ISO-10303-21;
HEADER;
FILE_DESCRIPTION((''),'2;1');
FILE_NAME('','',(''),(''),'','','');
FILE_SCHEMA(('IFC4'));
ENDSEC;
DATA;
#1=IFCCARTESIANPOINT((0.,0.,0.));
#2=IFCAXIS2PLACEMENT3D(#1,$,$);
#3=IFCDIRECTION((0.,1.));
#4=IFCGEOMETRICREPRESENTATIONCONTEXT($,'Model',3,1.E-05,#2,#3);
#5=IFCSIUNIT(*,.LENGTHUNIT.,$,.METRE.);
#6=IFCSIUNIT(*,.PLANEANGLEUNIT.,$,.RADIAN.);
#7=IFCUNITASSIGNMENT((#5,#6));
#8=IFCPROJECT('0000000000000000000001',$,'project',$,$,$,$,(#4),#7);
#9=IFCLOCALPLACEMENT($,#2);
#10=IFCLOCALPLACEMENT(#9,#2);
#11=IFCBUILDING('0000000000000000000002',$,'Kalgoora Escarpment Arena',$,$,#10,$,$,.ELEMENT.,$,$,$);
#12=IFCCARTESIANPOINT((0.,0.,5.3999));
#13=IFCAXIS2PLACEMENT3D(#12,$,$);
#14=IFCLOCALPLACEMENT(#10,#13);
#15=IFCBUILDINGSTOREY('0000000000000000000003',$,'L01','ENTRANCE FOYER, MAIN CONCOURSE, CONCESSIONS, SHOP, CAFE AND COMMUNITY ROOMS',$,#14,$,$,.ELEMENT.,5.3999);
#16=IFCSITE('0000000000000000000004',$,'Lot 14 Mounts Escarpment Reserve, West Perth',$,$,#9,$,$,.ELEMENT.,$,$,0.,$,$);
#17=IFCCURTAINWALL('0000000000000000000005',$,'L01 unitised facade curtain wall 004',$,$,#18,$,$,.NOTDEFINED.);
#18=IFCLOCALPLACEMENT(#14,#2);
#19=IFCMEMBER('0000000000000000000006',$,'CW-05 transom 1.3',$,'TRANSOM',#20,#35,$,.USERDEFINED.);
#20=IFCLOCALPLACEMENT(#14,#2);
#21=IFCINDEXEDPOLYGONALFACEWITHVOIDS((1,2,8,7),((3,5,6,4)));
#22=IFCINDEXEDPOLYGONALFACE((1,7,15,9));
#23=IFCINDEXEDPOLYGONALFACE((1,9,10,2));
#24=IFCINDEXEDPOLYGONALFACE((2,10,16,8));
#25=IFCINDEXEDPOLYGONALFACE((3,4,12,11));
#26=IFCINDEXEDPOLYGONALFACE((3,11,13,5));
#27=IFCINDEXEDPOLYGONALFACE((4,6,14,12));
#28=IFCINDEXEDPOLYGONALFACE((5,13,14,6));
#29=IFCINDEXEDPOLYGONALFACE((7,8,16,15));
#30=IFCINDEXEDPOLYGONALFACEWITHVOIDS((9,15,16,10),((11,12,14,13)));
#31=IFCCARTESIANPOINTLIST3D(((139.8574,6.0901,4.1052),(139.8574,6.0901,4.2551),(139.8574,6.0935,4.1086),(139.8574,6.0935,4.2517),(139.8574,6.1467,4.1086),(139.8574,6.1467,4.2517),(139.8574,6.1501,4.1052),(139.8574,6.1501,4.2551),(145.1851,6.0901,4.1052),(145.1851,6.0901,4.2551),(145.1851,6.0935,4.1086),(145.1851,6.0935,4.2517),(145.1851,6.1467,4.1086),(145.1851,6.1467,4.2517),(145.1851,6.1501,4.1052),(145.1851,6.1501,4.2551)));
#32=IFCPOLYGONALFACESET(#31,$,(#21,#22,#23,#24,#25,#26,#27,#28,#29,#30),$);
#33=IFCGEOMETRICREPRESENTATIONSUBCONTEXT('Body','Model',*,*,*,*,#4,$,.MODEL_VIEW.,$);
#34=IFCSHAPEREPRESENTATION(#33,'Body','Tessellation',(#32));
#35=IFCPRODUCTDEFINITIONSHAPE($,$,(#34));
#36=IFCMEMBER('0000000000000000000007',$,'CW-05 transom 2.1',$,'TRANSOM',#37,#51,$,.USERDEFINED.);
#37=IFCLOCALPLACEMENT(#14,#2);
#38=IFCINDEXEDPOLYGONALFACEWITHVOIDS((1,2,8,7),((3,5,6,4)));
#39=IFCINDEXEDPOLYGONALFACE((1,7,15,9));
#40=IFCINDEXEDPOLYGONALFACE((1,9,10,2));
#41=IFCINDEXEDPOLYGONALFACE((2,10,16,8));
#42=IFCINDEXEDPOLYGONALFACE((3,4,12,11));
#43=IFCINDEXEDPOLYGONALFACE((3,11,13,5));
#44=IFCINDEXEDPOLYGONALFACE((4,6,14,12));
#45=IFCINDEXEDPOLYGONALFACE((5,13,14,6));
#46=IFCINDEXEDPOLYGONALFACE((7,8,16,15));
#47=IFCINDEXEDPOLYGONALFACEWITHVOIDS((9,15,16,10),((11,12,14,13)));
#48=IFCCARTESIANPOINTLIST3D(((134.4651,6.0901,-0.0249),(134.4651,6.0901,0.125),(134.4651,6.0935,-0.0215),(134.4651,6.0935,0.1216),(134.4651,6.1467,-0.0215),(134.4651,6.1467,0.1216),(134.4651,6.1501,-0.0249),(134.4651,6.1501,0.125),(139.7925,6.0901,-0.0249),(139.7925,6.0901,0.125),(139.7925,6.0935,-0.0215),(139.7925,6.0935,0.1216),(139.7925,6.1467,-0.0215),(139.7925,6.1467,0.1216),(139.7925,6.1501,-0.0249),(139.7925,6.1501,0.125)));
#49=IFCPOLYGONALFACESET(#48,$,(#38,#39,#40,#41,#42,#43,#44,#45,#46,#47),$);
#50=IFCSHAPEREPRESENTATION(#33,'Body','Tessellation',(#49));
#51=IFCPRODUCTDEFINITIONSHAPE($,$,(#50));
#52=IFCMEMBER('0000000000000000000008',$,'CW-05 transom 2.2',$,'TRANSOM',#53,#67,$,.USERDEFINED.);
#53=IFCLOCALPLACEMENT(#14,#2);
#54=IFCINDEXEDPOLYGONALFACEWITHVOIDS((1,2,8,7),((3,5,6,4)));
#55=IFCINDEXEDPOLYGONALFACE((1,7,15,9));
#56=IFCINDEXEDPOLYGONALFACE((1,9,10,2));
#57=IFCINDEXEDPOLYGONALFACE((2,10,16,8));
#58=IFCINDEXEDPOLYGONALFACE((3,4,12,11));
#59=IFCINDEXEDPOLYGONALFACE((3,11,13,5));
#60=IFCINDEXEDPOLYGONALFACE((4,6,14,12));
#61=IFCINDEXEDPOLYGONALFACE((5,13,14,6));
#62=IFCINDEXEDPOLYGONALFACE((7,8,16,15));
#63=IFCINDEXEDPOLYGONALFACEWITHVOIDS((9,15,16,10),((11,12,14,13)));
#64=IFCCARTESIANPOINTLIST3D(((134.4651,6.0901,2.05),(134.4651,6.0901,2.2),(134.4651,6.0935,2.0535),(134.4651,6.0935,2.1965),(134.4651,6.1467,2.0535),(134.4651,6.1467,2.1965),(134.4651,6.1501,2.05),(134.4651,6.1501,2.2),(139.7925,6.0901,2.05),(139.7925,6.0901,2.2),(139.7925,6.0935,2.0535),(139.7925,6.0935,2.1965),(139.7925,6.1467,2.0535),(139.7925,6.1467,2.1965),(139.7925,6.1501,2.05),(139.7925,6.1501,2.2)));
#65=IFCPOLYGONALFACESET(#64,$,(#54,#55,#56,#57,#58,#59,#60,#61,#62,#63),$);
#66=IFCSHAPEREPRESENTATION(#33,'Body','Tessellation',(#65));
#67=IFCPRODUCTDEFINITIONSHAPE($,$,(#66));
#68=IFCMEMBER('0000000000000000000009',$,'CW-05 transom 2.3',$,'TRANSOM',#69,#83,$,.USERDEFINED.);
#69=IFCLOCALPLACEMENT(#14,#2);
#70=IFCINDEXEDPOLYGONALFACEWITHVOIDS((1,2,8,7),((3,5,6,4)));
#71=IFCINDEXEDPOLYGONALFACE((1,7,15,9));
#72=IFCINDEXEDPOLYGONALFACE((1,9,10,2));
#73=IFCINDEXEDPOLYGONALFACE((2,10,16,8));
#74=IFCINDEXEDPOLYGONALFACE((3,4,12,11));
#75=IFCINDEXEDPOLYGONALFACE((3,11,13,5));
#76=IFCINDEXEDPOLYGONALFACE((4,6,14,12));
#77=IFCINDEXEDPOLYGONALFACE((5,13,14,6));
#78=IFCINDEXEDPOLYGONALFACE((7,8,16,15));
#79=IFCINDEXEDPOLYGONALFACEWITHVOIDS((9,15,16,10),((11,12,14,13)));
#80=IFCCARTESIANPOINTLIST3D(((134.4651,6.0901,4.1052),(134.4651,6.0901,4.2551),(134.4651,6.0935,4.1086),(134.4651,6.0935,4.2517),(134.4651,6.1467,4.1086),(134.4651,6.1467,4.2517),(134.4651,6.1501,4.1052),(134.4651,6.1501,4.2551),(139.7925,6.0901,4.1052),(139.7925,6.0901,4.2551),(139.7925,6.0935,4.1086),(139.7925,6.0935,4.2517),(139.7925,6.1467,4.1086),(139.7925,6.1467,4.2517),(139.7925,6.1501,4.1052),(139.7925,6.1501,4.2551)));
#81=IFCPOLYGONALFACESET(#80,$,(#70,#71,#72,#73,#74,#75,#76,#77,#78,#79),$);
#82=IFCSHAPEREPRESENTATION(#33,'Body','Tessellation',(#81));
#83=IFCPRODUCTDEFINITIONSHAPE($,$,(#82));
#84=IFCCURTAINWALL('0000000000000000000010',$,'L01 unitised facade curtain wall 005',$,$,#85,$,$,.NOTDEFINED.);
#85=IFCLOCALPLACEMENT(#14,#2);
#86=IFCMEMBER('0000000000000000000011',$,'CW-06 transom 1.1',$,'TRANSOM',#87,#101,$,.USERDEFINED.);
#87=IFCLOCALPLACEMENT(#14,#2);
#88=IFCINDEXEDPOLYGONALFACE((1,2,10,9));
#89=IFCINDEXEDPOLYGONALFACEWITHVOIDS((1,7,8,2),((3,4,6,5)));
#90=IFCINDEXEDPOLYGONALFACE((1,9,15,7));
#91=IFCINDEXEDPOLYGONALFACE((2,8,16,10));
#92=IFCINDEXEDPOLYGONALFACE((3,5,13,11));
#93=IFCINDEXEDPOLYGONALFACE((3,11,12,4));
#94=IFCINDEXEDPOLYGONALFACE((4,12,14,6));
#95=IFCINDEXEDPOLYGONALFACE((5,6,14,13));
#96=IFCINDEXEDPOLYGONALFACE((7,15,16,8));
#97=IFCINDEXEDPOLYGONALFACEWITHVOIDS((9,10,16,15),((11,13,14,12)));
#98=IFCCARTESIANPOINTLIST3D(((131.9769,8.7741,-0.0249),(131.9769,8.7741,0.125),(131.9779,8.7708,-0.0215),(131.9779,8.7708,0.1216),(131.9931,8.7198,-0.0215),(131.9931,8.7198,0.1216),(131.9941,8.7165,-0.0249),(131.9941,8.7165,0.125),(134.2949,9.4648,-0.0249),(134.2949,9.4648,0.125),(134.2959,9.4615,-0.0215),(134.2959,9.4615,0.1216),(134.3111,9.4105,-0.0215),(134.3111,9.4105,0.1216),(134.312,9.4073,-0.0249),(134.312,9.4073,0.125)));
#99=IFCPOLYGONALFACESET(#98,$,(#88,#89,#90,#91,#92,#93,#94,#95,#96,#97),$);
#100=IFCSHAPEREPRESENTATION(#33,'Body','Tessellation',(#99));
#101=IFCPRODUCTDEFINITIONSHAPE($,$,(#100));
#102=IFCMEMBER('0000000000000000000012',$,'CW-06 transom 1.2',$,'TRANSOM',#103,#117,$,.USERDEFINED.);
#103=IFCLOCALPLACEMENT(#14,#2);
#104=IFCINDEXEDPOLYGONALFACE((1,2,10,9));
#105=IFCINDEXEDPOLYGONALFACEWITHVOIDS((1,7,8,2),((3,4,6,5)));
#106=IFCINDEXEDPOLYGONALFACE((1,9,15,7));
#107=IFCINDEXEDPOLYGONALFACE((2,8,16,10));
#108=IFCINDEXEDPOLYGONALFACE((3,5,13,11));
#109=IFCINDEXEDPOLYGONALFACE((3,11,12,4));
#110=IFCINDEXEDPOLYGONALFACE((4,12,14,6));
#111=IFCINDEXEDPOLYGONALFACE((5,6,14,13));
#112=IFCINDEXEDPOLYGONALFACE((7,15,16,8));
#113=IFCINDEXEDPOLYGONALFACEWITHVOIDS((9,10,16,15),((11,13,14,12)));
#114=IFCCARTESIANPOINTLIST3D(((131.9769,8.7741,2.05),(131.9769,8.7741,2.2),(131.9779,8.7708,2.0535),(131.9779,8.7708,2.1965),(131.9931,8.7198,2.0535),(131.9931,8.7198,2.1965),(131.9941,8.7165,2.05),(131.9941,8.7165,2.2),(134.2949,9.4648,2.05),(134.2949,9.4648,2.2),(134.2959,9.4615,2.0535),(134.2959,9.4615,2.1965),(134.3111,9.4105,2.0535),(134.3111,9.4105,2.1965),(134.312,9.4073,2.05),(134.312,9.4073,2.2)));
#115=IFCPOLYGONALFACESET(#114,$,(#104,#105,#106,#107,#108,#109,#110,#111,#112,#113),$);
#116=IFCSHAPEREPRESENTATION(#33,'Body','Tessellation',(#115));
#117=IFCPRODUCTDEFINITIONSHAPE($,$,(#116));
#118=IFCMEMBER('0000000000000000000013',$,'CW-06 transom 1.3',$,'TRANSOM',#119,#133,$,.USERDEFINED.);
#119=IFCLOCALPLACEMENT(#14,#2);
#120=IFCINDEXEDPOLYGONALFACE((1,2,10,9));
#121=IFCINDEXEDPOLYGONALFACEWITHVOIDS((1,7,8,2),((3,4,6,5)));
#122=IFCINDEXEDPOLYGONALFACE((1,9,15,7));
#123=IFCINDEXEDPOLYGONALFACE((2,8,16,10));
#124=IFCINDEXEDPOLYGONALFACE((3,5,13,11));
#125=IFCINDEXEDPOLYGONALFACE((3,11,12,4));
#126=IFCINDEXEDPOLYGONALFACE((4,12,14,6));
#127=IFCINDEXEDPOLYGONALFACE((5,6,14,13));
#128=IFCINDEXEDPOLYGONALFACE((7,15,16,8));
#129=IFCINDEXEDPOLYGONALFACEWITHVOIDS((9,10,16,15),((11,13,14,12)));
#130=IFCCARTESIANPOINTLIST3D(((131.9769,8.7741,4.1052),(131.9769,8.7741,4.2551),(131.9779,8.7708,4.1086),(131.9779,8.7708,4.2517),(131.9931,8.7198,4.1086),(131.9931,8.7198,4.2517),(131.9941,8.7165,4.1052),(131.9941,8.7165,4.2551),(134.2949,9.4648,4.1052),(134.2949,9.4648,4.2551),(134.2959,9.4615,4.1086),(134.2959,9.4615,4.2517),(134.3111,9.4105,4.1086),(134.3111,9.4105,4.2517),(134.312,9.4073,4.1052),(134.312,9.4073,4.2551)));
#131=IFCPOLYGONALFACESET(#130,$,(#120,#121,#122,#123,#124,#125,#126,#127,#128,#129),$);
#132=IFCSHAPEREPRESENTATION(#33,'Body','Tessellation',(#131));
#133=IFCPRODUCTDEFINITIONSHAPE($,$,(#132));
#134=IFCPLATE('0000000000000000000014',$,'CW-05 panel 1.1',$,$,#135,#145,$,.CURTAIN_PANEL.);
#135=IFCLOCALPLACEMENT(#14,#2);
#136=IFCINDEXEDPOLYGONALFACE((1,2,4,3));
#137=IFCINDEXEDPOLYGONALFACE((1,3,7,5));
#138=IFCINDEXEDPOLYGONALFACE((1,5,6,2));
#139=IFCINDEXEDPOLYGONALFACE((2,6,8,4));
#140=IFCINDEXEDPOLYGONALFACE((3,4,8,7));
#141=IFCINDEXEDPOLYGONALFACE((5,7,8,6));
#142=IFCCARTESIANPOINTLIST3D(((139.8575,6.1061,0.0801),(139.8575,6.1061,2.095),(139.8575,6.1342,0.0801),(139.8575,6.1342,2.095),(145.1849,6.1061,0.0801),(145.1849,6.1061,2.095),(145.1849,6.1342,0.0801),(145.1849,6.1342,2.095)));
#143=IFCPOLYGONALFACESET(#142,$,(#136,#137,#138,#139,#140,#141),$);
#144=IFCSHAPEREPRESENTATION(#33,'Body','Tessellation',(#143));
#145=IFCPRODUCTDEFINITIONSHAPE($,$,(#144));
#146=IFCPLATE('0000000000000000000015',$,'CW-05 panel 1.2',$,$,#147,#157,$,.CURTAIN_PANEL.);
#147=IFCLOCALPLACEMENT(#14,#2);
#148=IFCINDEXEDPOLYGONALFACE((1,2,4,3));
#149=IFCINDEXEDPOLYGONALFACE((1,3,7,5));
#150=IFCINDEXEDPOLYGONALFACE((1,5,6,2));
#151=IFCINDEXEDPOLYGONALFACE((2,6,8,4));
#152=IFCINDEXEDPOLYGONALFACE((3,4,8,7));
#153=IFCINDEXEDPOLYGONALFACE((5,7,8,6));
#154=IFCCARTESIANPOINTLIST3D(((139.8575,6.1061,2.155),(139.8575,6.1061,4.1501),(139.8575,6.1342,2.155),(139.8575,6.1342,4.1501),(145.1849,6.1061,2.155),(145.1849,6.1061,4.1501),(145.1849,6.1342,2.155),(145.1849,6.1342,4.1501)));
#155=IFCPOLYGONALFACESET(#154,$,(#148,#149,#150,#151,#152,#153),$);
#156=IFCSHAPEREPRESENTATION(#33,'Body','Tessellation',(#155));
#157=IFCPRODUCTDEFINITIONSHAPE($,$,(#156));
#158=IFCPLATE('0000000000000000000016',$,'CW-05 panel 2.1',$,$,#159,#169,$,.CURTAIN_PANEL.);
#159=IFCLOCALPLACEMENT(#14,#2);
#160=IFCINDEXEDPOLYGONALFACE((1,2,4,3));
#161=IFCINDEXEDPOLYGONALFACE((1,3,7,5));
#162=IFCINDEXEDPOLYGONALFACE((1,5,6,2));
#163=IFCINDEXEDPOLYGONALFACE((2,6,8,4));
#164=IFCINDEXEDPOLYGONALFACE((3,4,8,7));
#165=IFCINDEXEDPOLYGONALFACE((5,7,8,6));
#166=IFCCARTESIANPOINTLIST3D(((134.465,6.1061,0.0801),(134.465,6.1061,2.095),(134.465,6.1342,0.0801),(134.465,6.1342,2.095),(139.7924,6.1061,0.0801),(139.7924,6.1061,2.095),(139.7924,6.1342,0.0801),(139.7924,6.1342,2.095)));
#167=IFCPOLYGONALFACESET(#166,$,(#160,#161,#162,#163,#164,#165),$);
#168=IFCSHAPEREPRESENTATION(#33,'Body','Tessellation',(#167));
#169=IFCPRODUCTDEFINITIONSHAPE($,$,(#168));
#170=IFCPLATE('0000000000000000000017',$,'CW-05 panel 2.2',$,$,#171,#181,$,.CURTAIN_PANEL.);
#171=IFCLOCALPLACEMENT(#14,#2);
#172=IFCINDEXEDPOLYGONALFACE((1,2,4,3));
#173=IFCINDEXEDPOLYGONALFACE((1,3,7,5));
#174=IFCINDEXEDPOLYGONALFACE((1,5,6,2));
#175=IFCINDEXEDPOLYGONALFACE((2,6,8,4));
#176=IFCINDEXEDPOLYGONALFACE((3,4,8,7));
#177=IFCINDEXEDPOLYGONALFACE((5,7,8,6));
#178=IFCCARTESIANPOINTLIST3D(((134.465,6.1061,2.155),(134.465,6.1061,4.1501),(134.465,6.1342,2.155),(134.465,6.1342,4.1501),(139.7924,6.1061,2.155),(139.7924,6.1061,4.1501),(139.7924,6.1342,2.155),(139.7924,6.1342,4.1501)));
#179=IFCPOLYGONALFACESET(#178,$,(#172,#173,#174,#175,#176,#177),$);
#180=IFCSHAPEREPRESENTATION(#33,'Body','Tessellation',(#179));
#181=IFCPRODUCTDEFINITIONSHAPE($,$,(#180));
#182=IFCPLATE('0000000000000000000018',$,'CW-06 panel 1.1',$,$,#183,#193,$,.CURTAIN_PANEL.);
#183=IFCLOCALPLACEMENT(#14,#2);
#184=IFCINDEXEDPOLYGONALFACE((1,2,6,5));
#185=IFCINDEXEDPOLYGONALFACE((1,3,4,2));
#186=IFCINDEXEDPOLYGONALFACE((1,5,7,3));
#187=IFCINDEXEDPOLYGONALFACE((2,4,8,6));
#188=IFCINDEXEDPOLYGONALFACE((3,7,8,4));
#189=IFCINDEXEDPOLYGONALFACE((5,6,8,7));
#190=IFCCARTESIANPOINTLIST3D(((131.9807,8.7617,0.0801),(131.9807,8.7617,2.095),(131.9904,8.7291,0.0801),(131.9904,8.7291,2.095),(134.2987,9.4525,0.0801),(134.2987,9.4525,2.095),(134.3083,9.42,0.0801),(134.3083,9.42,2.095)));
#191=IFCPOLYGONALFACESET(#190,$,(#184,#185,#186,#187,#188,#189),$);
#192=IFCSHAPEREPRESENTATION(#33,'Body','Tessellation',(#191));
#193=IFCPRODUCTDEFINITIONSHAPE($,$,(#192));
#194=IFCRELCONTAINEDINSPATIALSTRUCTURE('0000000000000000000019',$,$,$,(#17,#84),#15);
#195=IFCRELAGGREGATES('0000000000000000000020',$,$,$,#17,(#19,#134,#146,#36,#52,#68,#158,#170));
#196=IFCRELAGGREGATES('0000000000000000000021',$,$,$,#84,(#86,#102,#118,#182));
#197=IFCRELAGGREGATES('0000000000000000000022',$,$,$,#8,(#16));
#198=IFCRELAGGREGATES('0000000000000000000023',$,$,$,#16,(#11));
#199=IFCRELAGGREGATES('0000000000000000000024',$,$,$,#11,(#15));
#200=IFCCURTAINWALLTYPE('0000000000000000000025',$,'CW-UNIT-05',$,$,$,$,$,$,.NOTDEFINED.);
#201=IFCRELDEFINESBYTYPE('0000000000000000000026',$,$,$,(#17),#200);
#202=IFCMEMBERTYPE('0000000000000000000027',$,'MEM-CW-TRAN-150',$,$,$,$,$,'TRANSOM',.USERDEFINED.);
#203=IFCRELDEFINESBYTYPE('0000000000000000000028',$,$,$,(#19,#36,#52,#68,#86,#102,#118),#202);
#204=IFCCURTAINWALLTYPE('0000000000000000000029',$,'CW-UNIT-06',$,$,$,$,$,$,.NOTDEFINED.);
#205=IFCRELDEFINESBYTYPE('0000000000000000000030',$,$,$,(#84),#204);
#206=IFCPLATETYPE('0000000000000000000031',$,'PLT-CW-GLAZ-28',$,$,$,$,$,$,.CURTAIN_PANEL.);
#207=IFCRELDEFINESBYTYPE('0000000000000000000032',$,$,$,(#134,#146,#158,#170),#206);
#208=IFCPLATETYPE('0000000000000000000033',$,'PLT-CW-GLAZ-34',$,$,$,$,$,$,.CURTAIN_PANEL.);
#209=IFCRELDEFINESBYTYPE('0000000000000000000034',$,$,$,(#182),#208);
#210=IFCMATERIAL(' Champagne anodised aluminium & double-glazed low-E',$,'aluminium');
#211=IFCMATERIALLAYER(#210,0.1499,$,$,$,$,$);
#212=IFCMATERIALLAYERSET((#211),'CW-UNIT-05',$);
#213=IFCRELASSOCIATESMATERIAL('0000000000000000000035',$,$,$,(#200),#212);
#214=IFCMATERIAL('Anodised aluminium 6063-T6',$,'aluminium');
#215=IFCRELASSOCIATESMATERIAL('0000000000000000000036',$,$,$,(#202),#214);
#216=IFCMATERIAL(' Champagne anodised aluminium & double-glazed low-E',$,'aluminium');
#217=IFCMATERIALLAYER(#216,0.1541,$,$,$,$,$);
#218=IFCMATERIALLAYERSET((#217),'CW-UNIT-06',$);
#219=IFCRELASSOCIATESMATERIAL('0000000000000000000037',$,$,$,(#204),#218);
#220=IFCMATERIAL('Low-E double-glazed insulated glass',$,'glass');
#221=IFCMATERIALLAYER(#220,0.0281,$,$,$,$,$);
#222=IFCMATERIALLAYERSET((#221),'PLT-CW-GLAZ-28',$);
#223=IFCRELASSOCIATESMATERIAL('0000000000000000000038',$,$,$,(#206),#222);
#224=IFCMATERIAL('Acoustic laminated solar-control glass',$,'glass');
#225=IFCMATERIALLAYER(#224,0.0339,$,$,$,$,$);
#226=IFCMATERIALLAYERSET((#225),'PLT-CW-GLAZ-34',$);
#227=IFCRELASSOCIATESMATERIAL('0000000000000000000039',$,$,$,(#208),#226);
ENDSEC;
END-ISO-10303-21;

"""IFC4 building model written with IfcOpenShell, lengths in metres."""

from ifc_helpers import new_model, si_unit, direction, frame, origin, origin_2d, place, context, subcontext, project, spatial, rectangle, hollow_rectangle, extrude, material, layer, layer_set, material_profile, profile_set, type_object, element, aggregate, save


model = new_model("IFC4")

# Units and contexts
model_context = context("Model", 3, precision=1e-05, world=origin(), true_north=direction((0.0, 1.0)))
body_context = subcontext(model_context, "Body", "Model", "MODEL_VIEW")
ifc_project = project(units=[si_unit("LENGTHUNIT", "METRE"), si_unit("PLANEANGLEUNIT", "RADIAN")], contexts=[model_context])

# Site, building, storey
site_placement = place(None, origin())
site = spatial("IfcSite", under=ifc_project, at=site_placement, Name="Lot 14 Mounts Escarpment Reserve, West Perth", CompositionType="ELEMENT", RefElevation=0.0)
building_placement = place(site_placement, origin())
building = spatial("IfcBuilding", under=site, at=building_placement, Name="Kalgoora Escarpment Arena", CompositionType="ELEMENT")
storey_placement = place(building_placement, frame((0.0, 0.0, 5.3999)))
storey = spatial("IfcBuildingStorey", under=building, at=storey_placement, Name="L01", Description="ENTRANCE FOYER, MAIN CONCOURSE, CONCESSIONS, SHOP, CAFE AND COMMUNITY ROOMS", CompositionType="ELEMENT", Elevation=5.3999)

# Curtain walls, members
ifc_material_1 = material(Name=" Champagne anodised aluminium & double-glazed low-E", Category="aluminium")
ifc_layer_1 = layer(ifc_material_1, 0.1499)
ifc_layer_set_1 = layer_set([ifc_layer_1], Name="CW-UNIT-05")
curtain_wall_type_1 = type_object("IfcCurtainWallType", Name="CW-UNIT-05", PredefinedType="NOTDEFINED", material=ifc_layer_set_1)
curtain_wall_1_placement = place(storey_placement, origin())
curtain_wall_1 = element("IfcCurtainWall", 1, at=curtain_wall_1_placement, inside=storey, type_object=curtain_wall_type_1, Name="L01 unitised facade curtain wall 004", PredefinedType="NOTDEFINED")
ifc_material_2 = material(Name="Anodised aluminium 6063-T6", Category="aluminium")
ifc_material_profile_1 = material_profile(ifc_material_2, hollow_rectangle(XDim=0.0601, YDim=0.1499, WallThickness=0.0034, at=origin_2d()))
ifc_profile_set_1 = profile_set([ifc_material_profile_1], Name="Anodised aluminium 6063-T6")
member_type_1 = type_object("IfcMemberType", Name="MEM-CW-TRAN-150", ElementType="TRANSOM", PredefinedType="USERDEFINED", material=ifc_profile_set_1)
member_1_placement = place(storey_placement, frame((145.1851, 6.1201, 4.1802), z_axis=(-1.0, 0.0, 0.0), x_axis=(0.0, -1.0, 0.0)))
member_1 = element("IfcMember", 2, at=member_1_placement, type_object=member_type_1, Name="CW-05 transom 1.3", ObjectType="TRANSOM", PredefinedType="USERDEFINED", context=body_context, shape_type="SweptSolid", body=[
    extrude(hollow_rectangle(XDim=0.0601, YDim=0.1499, WallThickness=0.0034, at=origin_2d()), origin(), (0.0, 0.0, 1.0), 5.3276),
])
member_2_placement = place(storey_placement, frame((139.7925, 6.1201, 0.05), z_axis=(-1.0, 0.0, 0.0), x_axis=(0.0, -1.0, 0.0)))
member_2 = element("IfcMember", 3, at=member_2_placement, type_object=member_type_1, Name="CW-05 transom 2.1", ObjectType="TRANSOM", PredefinedType="USERDEFINED", context=body_context, shape_type="SweptSolid", body=[
    extrude(hollow_rectangle(XDim=0.0601, YDim=0.1499, WallThickness=0.0034, at=origin_2d()), origin(), (0.0, 0.0, 1.0), 5.3274),
])
member_3_placement = place(storey_placement, frame((139.7925, 6.1201, 2.125), z_axis=(-1.0, 0.0, 0.0), x_axis=(0.0, -1.0, 0.0)))
member_3 = element("IfcMember", 4, at=member_3_placement, type_object=member_type_1, Name="CW-05 transom 2.2", ObjectType="TRANSOM", PredefinedType="USERDEFINED", context=body_context, shape_type="SweptSolid", body=[
    extrude(hollow_rectangle(XDim=0.0601, YDim=0.1499, WallThickness=0.0034, at=origin_2d()), origin(), (0.0, 0.0, 1.0), 5.3274),
])
member_4_placement = place(storey_placement, frame((139.7925, 6.1201, 4.1802), z_axis=(-1.0, 0.0, 0.0), x_axis=(0.0, -1.0, 0.0)))
member_4 = element("IfcMember", 5, at=member_4_placement, type_object=member_type_1, Name="CW-05 transom 2.3", ObjectType="TRANSOM", PredefinedType="USERDEFINED", context=body_context, shape_type="SweptSolid", body=[
    extrude(hollow_rectangle(XDim=0.0601, YDim=0.1499, WallThickness=0.0034, at=origin_2d()), origin(), (0.0, 0.0, 1.0), 5.3274),
])
ifc_material_3 = material(Name=" Champagne anodised aluminium & double-glazed low-E", Category="aluminium")
ifc_layer_2 = layer(ifc_material_3, 0.1541)
ifc_layer_set_2 = layer_set([ifc_layer_2], Name="CW-UNIT-06")
curtain_wall_type_2 = type_object("IfcCurtainWallType", Name="CW-UNIT-06", PredefinedType="NOTDEFINED", material=ifc_layer_set_2)
curtain_wall_2_placement = place(storey_placement, origin())
curtain_wall_2 = element("IfcCurtainWall", 6, at=curtain_wall_2_placement, inside=storey, type_object=curtain_wall_type_2, Name="L01 unitised facade curtain wall 005", PredefinedType="NOTDEFINED")
member_5_placement = place(storey_placement, frame((134.3035, 9.436, 0.05), z_axis=(-0.958358, -0.285569, 0.0), x_axis=(0.285569, -0.958358, 0.0)))
member_5 = element("IfcMember", 7, at=member_5_placement, type_object=member_type_1, Name="CW-06 transom 1.1", ObjectType="TRANSOM", PredefinedType="USERDEFINED", context=body_context, shape_type="SweptSolid", body=[
    extrude(hollow_rectangle(XDim=0.0601, YDim=0.1499, WallThickness=0.0034, at=origin_2d()), origin(), (0.0, 0.0, 1.0), 2.4187),
])
member_6_placement = place(storey_placement, frame((134.3035, 9.436, 2.125), z_axis=(-0.958358, -0.285569, 0.0), x_axis=(0.285569, -0.958358, 0.0)))
member_6 = element("IfcMember", 8, at=member_6_placement, type_object=member_type_1, Name="CW-06 transom 1.2", ObjectType="TRANSOM", PredefinedType="USERDEFINED", context=body_context, shape_type="SweptSolid", body=[
    extrude(hollow_rectangle(XDim=0.0601, YDim=0.1499, WallThickness=0.0034, at=origin_2d()), origin(), (0.0, 0.0, 1.0), 2.4187),
])
member_7_placement = place(storey_placement, frame((134.3035, 9.436, 4.1802), z_axis=(-0.958358, -0.285569, 0.0), x_axis=(0.285569, -0.958358, 0.0)))
member_7 = element("IfcMember", 9, at=member_7_placement, type_object=member_type_1, Name="CW-06 transom 1.3", ObjectType="TRANSOM", PredefinedType="USERDEFINED", context=body_context, shape_type="SweptSolid", body=[
    extrude(hollow_rectangle(XDim=0.0601, YDim=0.1499, WallThickness=0.0034, at=origin_2d()), origin(), (0.0, 0.0, 1.0), 2.4187),
])

# Plates
ifc_material_4 = material(Name="Low-E double-glazed insulated glass", Category="glass")
ifc_layer_3 = layer(ifc_material_4, 0.0281)
ifc_layer_set_3 = layer_set([ifc_layer_3], Name="PLT-CW-GLAZ-28")
plate_type_1 = type_object("IfcPlateType", Name="PLT-CW-GLAZ-28", PredefinedType="CURTAIN_PANEL", material=ifc_layer_set_3)
plate_1_placement = place(storey_placement, frame((142.5212, 6.1201, 0.0801), z_axis=(0.0, 0.0, 1.0), x_axis=(-1.0, 0.0, 0.0)))
plate_1 = element("IfcPlate", 10, at=plate_1_placement, type_object=plate_type_1, Name="CW-05 panel 1.1", PredefinedType="CURTAIN_PANEL", context=body_context, shape_type="SweptSolid", body=[
    extrude(rectangle(XDim=5.3274, YDim=0.0281, at=origin_2d()), origin(), (0.0, 0.0, 1.0), 2.0149),
])
plate_2_placement = place(storey_placement, frame((142.5212, 6.1201, 2.155), z_axis=(0.0, 0.0, 1.0), x_axis=(-1.0, 0.0, 0.0)))
plate_2 = element("IfcPlate", 11, at=plate_2_placement, type_object=plate_type_1, Name="CW-05 panel 1.2", PredefinedType="CURTAIN_PANEL", context=body_context, shape_type="SweptSolid", body=[
    extrude(rectangle(XDim=5.3274, YDim=0.0281, at=origin_2d()), origin(), (0.0, 0.0, 1.0), 1.9951),
])
plate_3_placement = place(storey_placement, frame((137.1287, 6.1201, 0.0801), z_axis=(0.0, 0.0, 1.0), x_axis=(-1.0, 0.0, 0.0)))
plate_3 = element("IfcPlate", 12, at=plate_3_placement, type_object=plate_type_1, Name="CW-05 panel 2.1", PredefinedType="CURTAIN_PANEL", context=body_context, shape_type="SweptSolid", body=[
    extrude(rectangle(XDim=5.3274, YDim=0.0281, at=origin_2d()), origin(), (0.0, 0.0, 1.0), 2.0149),
])
plate_4_placement = place(storey_placement, frame((137.1287, 6.1201, 2.155), z_axis=(0.0, 0.0, 1.0), x_axis=(-1.0, 0.0, 0.0)))
plate_4 = element("IfcPlate", 13, at=plate_4_placement, type_object=plate_type_1, Name="CW-05 panel 2.2", PredefinedType="CURTAIN_PANEL", context=body_context, shape_type="SweptSolid", body=[
    extrude(rectangle(XDim=5.3274, YDim=0.0281, at=origin_2d()), origin(), (0.0, 0.0, 1.0), 1.9951),
])
aggregate(curtain_wall_1, [member_1, plate_1, plate_2, member_2, member_3, member_4, plate_3, plate_4])
ifc_material_5 = material(Name="Acoustic laminated solar-control glass", Category="glass")
ifc_layer_4 = layer(ifc_material_5, 0.0339)
ifc_layer_set_4 = layer_set([ifc_layer_4], Name="PLT-CW-GLAZ-34")
plate_type_2 = type_object("IfcPlateType", Name="PLT-CW-GLAZ-34", PredefinedType="CURTAIN_PANEL", material=ifc_layer_set_4)
plate_5_placement = place(storey_placement, frame((133.1445, 9.0908, 0.0801), z_axis=(0.0, 0.0, 1.0), x_axis=(-0.958339, -0.285632, 0.0)))
plate_5 = element("IfcPlate", 14, at=plate_5_placement, type_object=plate_type_2, Name="CW-06 panel 1.1", PredefinedType="CURTAIN_PANEL", context=body_context, shape_type="SweptSolid", body=[
    extrude(rectangle(XDim=2.4187, YDim=0.0339, at=origin_2d()), origin(), (0.0, 0.0, 1.0), 2.0149),
])
aggregate(curtain_wall_2, [member_5, member_6, member_7, plate_5])

save(model, "model.ifc")
